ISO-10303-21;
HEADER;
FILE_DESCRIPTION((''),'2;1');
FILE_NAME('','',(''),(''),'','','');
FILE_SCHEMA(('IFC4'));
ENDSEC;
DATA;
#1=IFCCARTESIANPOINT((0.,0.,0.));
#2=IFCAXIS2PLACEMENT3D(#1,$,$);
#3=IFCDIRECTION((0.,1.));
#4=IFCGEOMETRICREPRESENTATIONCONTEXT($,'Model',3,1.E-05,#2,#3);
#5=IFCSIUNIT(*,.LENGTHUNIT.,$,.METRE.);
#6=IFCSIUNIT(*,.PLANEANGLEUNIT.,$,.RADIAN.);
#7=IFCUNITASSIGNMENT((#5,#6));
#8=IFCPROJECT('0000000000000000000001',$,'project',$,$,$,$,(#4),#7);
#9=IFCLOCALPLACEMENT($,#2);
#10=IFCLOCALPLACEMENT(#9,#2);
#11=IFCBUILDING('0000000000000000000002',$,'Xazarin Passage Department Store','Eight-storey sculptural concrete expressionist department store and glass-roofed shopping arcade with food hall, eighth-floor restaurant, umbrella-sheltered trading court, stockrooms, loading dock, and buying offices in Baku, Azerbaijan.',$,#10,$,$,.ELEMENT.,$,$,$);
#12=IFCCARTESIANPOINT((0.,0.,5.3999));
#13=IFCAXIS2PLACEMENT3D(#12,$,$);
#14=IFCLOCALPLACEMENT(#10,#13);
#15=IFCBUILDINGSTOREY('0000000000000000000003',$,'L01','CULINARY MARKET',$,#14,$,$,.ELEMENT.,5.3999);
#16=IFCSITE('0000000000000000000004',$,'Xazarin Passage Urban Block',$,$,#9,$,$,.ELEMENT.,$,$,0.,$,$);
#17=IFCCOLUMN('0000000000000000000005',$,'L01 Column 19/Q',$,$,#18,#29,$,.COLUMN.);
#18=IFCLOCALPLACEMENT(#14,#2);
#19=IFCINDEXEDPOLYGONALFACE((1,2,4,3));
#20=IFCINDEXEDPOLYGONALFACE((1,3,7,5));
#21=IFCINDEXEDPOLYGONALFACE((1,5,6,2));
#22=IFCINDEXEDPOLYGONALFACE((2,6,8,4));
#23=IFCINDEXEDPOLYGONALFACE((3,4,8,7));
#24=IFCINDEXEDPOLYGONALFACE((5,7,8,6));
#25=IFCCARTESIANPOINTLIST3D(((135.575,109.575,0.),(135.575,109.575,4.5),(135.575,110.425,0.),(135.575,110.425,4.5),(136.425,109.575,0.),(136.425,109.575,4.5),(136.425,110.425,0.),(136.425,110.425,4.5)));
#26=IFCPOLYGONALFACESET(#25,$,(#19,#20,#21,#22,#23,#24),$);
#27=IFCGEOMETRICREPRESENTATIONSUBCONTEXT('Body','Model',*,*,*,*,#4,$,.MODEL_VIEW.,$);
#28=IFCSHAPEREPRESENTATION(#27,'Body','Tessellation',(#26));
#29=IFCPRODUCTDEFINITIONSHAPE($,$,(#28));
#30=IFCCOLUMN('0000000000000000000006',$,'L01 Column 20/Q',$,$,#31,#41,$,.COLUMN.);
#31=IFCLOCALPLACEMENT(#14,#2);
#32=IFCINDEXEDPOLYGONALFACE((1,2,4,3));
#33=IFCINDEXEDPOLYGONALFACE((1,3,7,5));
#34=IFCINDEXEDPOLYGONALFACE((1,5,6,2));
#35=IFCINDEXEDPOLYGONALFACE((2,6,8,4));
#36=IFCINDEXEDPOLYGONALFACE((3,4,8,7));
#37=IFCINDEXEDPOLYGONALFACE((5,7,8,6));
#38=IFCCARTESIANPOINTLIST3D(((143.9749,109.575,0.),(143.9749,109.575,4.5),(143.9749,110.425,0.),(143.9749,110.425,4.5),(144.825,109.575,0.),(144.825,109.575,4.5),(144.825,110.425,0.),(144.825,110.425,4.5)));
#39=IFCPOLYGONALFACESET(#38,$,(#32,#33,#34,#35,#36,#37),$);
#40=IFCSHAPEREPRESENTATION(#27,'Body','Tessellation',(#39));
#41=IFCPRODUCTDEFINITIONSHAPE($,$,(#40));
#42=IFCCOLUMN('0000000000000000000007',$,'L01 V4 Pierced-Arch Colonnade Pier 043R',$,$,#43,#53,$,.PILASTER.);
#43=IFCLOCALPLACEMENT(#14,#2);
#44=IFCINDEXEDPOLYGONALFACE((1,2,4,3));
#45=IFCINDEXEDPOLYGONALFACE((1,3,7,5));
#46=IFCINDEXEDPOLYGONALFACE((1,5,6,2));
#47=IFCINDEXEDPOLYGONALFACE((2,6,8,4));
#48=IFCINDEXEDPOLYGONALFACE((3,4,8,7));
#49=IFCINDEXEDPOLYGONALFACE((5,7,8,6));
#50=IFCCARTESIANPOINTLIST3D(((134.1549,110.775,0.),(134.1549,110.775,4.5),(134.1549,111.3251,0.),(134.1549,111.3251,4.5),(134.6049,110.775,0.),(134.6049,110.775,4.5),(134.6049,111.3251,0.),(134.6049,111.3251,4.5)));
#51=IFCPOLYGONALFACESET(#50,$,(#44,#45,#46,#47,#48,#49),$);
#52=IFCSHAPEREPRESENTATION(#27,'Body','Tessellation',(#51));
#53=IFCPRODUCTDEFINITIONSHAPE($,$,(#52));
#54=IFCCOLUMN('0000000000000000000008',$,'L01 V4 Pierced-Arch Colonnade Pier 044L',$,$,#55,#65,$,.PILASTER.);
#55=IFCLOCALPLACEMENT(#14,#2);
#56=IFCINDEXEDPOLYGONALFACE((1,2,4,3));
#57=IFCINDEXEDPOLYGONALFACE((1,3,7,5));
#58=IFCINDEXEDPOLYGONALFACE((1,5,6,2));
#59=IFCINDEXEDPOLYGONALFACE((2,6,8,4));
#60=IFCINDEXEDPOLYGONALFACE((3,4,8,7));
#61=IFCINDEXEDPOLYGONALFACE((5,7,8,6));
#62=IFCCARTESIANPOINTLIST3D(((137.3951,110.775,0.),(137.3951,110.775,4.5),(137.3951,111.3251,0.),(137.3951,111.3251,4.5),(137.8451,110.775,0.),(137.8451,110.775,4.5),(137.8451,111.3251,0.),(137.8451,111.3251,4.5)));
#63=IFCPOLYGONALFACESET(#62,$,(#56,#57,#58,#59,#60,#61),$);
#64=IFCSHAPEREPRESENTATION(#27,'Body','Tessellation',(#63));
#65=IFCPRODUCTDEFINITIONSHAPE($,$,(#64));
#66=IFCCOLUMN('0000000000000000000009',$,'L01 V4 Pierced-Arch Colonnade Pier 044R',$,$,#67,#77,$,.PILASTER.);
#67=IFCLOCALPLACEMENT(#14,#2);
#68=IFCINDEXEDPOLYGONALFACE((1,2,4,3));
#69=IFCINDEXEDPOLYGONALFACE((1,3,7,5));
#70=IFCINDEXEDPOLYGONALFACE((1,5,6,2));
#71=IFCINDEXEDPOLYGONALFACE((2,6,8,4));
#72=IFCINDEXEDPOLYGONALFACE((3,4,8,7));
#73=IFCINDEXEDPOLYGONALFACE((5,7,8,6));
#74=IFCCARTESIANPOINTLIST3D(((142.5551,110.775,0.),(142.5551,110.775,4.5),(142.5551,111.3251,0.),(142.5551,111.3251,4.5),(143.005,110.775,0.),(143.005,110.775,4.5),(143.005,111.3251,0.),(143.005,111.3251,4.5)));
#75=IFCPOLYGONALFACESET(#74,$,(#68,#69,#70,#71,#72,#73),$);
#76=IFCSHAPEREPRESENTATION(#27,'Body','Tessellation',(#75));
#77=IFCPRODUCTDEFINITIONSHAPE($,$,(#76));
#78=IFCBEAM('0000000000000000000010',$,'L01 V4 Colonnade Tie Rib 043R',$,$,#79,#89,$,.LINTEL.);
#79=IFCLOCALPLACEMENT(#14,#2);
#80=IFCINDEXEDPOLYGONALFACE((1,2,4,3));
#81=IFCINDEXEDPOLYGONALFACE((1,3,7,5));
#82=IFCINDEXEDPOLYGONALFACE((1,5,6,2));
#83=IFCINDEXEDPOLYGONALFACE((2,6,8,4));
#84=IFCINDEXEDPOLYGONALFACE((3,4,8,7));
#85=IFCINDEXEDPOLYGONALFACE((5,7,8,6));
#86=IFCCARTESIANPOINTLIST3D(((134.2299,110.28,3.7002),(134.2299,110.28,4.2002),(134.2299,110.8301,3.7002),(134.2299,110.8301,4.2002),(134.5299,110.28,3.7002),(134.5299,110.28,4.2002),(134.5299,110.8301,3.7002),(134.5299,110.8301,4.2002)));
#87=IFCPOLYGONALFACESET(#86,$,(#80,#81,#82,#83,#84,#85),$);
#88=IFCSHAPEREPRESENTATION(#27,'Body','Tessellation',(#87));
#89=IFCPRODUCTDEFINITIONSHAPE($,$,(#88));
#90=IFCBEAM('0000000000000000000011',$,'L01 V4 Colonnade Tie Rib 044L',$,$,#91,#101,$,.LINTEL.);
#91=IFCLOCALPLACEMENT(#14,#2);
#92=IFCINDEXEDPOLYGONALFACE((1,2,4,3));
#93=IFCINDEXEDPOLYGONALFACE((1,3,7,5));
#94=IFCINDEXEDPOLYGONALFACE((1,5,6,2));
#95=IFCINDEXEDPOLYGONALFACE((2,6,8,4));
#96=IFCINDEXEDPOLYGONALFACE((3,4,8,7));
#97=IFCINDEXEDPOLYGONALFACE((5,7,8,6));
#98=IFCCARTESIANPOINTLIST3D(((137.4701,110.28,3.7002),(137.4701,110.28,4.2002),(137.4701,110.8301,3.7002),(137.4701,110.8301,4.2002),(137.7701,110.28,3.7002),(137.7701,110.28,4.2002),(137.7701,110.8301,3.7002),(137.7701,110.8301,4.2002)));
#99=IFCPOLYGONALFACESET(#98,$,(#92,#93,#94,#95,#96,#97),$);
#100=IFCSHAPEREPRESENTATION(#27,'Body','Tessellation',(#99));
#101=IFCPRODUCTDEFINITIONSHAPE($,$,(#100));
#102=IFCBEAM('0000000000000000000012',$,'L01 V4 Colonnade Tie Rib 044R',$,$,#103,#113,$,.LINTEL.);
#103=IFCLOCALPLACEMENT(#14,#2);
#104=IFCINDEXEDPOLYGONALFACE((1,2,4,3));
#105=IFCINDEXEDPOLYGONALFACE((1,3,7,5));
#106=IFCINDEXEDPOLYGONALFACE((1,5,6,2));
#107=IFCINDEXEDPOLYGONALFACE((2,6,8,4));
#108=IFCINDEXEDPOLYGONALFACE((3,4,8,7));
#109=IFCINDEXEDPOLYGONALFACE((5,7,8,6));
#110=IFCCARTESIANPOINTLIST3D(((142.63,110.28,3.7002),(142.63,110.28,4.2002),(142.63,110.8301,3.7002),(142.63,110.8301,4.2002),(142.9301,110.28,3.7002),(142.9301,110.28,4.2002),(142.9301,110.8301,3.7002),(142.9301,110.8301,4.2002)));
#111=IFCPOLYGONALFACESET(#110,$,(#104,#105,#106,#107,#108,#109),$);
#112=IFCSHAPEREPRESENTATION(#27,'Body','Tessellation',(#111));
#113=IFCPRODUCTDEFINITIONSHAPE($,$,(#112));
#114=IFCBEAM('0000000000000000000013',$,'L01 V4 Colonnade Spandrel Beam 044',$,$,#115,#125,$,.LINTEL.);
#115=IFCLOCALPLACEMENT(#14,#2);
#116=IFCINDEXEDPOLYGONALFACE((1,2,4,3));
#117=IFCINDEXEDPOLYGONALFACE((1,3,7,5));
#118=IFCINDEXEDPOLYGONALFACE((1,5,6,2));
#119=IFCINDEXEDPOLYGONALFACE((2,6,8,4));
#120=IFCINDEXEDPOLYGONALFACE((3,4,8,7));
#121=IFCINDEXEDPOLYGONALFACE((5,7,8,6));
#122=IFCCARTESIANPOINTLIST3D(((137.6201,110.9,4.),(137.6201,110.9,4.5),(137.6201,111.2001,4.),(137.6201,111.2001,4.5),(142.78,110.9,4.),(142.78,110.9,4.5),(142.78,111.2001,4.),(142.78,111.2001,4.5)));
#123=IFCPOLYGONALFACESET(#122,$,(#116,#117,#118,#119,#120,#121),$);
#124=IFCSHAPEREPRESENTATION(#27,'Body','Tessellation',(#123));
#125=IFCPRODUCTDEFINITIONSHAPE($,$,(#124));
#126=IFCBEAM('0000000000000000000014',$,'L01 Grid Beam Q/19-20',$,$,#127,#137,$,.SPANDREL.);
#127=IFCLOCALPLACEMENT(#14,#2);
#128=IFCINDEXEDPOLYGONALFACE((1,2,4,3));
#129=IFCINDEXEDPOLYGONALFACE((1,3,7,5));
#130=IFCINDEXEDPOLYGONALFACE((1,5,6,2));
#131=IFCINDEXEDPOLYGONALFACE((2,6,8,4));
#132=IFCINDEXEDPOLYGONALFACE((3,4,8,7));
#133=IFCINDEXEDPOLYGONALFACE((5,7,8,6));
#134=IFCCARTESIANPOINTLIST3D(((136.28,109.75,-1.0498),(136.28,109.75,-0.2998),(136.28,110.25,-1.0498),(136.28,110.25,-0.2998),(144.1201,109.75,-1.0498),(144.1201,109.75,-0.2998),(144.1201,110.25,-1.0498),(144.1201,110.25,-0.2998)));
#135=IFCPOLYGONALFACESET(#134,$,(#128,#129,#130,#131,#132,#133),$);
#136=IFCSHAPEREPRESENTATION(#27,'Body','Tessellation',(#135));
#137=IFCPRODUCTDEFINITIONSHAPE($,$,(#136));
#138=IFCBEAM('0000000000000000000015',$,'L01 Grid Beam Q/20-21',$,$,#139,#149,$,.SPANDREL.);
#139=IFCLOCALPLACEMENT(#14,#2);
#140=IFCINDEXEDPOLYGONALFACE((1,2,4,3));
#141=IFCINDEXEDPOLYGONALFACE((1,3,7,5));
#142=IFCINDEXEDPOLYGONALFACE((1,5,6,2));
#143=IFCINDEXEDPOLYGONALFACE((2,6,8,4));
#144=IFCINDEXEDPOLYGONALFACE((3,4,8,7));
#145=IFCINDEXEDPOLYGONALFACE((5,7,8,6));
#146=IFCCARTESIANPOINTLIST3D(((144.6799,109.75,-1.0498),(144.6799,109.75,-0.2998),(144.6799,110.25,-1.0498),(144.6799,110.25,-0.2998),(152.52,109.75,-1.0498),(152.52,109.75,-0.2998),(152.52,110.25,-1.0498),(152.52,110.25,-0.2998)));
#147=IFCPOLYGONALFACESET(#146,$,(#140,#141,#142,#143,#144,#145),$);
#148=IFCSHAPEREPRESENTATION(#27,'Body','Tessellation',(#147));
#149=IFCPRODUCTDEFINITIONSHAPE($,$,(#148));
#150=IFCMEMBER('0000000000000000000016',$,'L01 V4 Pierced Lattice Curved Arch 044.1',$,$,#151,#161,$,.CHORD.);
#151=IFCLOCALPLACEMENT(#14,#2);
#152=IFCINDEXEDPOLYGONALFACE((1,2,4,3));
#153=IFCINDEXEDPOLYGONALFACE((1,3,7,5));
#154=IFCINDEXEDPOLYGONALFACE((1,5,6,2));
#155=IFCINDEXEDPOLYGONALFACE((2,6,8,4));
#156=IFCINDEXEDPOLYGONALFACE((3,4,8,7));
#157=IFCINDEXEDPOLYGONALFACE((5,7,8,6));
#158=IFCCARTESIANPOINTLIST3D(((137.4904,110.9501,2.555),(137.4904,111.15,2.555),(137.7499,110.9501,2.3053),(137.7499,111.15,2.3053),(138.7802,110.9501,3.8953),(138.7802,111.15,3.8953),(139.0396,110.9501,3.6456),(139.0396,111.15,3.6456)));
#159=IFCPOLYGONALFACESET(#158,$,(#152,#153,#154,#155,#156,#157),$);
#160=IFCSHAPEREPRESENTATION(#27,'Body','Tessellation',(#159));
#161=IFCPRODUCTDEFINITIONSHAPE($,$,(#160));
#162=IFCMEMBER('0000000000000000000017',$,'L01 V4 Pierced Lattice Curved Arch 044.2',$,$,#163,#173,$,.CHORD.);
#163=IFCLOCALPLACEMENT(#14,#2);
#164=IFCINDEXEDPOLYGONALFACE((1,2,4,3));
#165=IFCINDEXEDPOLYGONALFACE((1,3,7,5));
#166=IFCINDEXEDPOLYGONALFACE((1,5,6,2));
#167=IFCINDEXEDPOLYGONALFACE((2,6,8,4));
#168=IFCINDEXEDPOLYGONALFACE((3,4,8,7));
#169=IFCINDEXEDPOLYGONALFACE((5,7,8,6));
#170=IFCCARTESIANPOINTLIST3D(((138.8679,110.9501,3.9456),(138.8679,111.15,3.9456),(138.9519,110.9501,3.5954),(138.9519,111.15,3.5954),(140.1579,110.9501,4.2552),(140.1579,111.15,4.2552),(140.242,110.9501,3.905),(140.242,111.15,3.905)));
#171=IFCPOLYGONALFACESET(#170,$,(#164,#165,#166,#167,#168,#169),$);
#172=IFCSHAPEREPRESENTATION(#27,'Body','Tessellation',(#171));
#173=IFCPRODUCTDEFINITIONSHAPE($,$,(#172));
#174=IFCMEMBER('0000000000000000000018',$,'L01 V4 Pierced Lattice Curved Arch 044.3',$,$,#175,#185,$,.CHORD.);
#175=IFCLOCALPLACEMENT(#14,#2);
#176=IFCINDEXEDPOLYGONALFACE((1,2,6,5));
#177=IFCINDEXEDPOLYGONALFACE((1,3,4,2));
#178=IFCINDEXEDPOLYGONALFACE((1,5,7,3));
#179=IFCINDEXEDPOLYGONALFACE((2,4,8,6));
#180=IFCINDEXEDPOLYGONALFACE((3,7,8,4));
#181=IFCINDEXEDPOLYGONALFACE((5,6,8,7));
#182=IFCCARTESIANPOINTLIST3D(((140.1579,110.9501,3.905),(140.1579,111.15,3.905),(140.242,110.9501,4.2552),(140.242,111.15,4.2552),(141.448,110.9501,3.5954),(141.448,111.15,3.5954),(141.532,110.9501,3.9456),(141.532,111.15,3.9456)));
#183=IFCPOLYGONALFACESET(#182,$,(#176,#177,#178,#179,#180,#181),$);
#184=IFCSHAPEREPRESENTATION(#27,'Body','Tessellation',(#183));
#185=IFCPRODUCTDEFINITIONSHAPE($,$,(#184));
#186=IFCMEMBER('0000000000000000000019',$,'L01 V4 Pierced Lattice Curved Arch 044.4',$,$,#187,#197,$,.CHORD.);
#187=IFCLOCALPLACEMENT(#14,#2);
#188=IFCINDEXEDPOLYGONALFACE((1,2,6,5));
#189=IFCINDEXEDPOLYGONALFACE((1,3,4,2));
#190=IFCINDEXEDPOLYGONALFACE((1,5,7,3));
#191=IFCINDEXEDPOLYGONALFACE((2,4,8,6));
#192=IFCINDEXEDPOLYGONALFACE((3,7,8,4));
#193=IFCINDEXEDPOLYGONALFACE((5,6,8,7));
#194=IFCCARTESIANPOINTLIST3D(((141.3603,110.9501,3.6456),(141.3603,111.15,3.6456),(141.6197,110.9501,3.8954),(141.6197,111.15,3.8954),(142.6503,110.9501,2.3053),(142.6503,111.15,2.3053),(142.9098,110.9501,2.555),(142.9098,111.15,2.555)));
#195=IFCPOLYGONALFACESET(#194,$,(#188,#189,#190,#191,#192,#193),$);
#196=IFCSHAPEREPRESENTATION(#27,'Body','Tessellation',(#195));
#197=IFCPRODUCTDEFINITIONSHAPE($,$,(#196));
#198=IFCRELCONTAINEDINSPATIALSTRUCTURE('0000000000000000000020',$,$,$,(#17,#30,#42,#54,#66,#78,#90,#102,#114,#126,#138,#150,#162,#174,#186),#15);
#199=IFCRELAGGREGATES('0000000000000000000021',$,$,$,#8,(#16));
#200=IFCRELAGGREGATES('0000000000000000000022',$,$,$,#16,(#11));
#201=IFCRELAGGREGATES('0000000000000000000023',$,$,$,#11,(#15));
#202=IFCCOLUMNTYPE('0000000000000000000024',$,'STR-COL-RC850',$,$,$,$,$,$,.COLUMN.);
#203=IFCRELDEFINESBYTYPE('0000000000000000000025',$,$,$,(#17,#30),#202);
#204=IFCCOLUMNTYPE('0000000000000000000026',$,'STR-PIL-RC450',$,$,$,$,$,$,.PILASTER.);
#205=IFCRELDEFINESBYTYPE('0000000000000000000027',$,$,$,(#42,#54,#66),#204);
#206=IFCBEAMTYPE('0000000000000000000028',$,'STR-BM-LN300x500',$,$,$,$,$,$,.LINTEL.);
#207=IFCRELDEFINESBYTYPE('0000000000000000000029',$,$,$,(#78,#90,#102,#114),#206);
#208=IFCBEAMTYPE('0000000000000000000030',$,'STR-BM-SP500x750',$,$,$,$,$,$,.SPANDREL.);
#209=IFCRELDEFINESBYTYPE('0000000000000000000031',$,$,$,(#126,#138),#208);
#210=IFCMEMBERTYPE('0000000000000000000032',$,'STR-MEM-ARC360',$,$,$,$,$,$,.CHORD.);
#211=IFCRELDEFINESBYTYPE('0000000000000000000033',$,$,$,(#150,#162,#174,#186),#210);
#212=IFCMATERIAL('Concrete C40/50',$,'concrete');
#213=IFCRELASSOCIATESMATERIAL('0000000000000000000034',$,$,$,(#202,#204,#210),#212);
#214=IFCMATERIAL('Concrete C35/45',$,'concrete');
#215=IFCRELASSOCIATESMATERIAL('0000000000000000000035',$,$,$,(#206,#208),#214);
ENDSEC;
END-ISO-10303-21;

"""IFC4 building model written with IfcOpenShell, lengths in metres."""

from ifc_helpers import new_model, si_unit, direction, frame, origin, origin_2d, place, context, subcontext, project, spatial, rectangle, extrude, material, material_profile, profile_set, type_object, element, save


model = new_model("IFC4")

# Units and contexts
model_context = context("Model", 3, precision=1e-05, world=origin(), true_north=direction((0.0, 1.0)))
body_context = subcontext(model_context, "Body", "Model", "MODEL_VIEW")
ifc_project = project(units=[si_unit("LENGTHUNIT", "METRE"), si_unit("PLANEANGLEUNIT", "RADIAN")], contexts=[model_context])

# Site, building, storey
site_placement = place(None, origin())
site = spatial("IfcSite", under=ifc_project, at=site_placement, Name="Xazarin Passage Urban Block", CompositionType="ELEMENT", RefElevation=0.0)
building_placement = place(site_placement, origin())
building = spatial("IfcBuilding", under=site, at=building_placement, Name="Xazarin Passage Department Store", Description="Eight-storey sculptural concrete expressionist department store and glass-roofed shopping arcade with food hall, eighth-floor restaurant, umbrella-sheltered trading court, stockrooms, loading dock, and buying offices in Baku, Azerbaijan.", CompositionType="ELEMENT")
storey_placement = place(building_placement, frame((0.0, 0.0, 5.3999)))
storey = spatial("IfcBuildingStorey", under=building, at=storey_placement, Name="L01", Description="CULINARY MARKET", CompositionType="ELEMENT", Elevation=5.3999)

# Columns
ifc_material_1 = material(Name="Concrete C40/50", Category="concrete")
ifc_material_profile_1 = material_profile(ifc_material_1, rectangle(XDim=0.8501, YDim=0.8501, at=origin_2d()), Name="RC 850x850")
ifc_profile_set_1 = profile_set([ifc_material_profile_1], Name="Concrete C40/50")
column_type_1 = type_object("IfcColumnType", Name="STR-COL-RC850", PredefinedType="COLUMN", material=ifc_profile_set_1)
for number, where, z_axis, x_axis, name in (
    (1, (136.0, 110.0, 0.0), (0.0, 0.0, 1.0), (1.0, 0.0, 0.0), "L01 Column 19/Q"),
    (2, (144.3999, 110.0, 0.0), (0.0, 0.0, 1.0), (1.0, 0.0, 0.0), "L01 Column 20/Q"),
):
    element("IfcColumn", number, at=place(storey_placement, frame(where, z_axis=z_axis, x_axis=x_axis)), inside=storey, type_object=column_type_1, Name=name, PredefinedType="COLUMN", context=body_context, shape_type="SweptSolid", body=[
        extrude(rectangle(XDim=0.8501, YDim=0.8501, at=origin_2d()), origin(), (0.0, 0.0, 1.0), 4.5),
    ])
ifc_material_profile_2 = material_profile(ifc_material_1, rectangle(XDim=0.45, YDim=0.55, at=origin_2d()), Name="RC 450x550")
ifc_profile_set_2 = profile_set([ifc_material_profile_2], Name="Concrete C40/50")
column_type_2 = type_object("IfcColumnType", Name="STR-PIL-RC450", PredefinedType="PILASTER", material=ifc_profile_set_2)
for number, where, z_axis, x_axis, name in (
    (3, (134.3799, 111.05, 0.0), (0.0, 0.0, 1.0), (1.0, 0.0, 0.0), "L01 V4 Pierced-Arch Colonnade Pier 043R"),
    (4, (137.6201, 111.05, 0.0), (0.0, 0.0, 1.0), (1.0, 0.0, 0.0), "L01 V4 Pierced-Arch Colonnade Pier 044L"),
    (5, (142.78, 111.05, 0.0), (0.0, 0.0, 1.0), (1.0, 0.0, 0.0), "L01 V4 Pierced-Arch Colonnade Pier 044R"),
):
    element("IfcColumn", number, at=place(storey_placement, frame(where, z_axis=z_axis, x_axis=x_axis)), inside=storey, type_object=column_type_2, Name=name, PredefinedType="PILASTER", context=body_context, shape_type="SweptSolid", body=[
        extrude(rectangle(XDim=0.45, YDim=0.55, at=origin_2d()), origin(), (0.0, 0.0, 1.0), 4.5),
    ])

# Beams
ifc_material_2 = material(Name="Concrete C35/45", Category="concrete")
ifc_material_profile_3 = material_profile(ifc_material_2, rectangle(XDim=0.3, YDim=0.5, at=origin_2d()), Name="RC 300x500")
ifc_profile_set_3 = profile_set([ifc_material_profile_3], Name="Concrete C35/45")
beam_type_1 = type_object("IfcBeamType", Name="STR-BM-LN300x500", PredefinedType="LINTEL", material=ifc_profile_set_3)
for number, where, z_axis, x_axis, name in (
    (6, (134.3799, 110.28, 3.9502), (0.0, 1.0, 0.0), (-1.0, 0.0, 0.0), "L01 V4 Colonnade Tie Rib 043R"),
    (7, (137.6201, 110.28, 3.9502), (0.0, 1.0, 0.0), (-1.0, 0.0, 0.0), "L01 V4 Colonnade Tie Rib 044L"),
    (8, (142.78, 110.28, 3.9502), (0.0, 1.0, 0.0), (-1.0, 0.0, 0.0), "L01 V4 Colonnade Tie Rib 044R"),
):
    element("IfcBeam", number, at=place(storey_placement, frame(where, z_axis=z_axis, x_axis=x_axis)), inside=storey, type_object=beam_type_1, Name=name, PredefinedType="LINTEL", context=body_context, shape_type="SweptSolid", body=[
        extrude(rectangle(XDim=0.3, YDim=0.5, at=origin_2d()), origin(), (0.0, 0.0, 1.0), 0.55),
    ])
beam_placement = place(storey_placement, frame((137.6201, 111.05, 4.25), z_axis=(1.0, 0.0, 0.0), x_axis=(0.0, 1.0, 0.0)))
element("IfcBeam", 9, at=beam_placement, inside=storey, type_object=beam_type_1, Name="L01 V4 Colonnade Spandrel Beam 044", PredefinedType="LINTEL", context=body_context, shape_type="SweptSolid", body=[
    extrude(rectangle(XDim=0.3, YDim=0.5, at=origin_2d()), origin(), (0.0, 0.0, 1.0), 5.1599),
])
ifc_material_profile_4 = material_profile(ifc_material_2, rectangle(XDim=0.5, YDim=0.75, at=origin_2d()), Name="RC 500x750")
ifc_profile_set_4 = profile_set([ifc_material_profile_4], Name="Concrete C35/45")
beam_type_2 = type_object("IfcBeamType", Name="STR-BM-SP500x750", PredefinedType="SPANDREL", material=ifc_profile_set_4)
for number, where, z_axis, x_axis, name in (
    (10, (136.28, 110.0, -0.6748), (1.0, 0.0, 0.0), (0.0, 1.0, 0.0), "L01 Grid Beam Q/19-20"),
    (11, (144.6799, 110.0, -0.6748), (1.0, 0.0, 0.0), (0.0, 1.0, 0.0), "L01 Grid Beam Q/20-21"),
):
    element("IfcBeam", number, at=place(storey_placement, frame(where, z_axis=z_axis, x_axis=x_axis)), inside=storey, type_object=beam_type_2, Name=name, PredefinedType="SPANDREL", context=body_context, shape_type="SweptSolid", body=[
        extrude(rectangle(XDim=0.5, YDim=0.75, at=origin_2d()), origin(), (0.0, 0.0, 1.0), 7.8401),
    ])

# Members
ifc_material_profile_5 = material_profile(ifc_material_1, rectangle(XDim=0.2, YDim=0.3601, at=origin_2d()), Name="RC 200x360")
ifc_profile_set_5 = profile_set([ifc_material_profile_5], Name="Concrete C40/50")
member_type = type_object("IfcMemberType", Name="STR-MEM-ARC360", PredefinedType="CHORD", material=ifc_profile_set_5)
member_1_placement = place(storey_placement, frame((137.6201, 111.05, 2.4302), z_axis=(0.693392, 0.0, 0.720561), x_axis=(0.0, 1.0, 0.0)))
element("IfcMember", 12, at=member_1_placement, inside=storey, type_object=member_type, Name="L01 V4 Pierced Lattice Curved Arch 044.1", PredefinedType="CHORD", context=body_context, shape_type="SweptSolid", body=[
    extrude(rectangle(XDim=0.2, YDim=0.3601, at=origin_2d()), origin(), (0.0, 0.0, 1.0), 1.8601),
])
for number, where, z_axis, x_axis, name in (
    (13, (138.9099, 111.05, 3.7705), (0.972394, 0.0, 0.233345), (0.0, 1.0, 0.0), "L01 V4 Pierced Lattice Curved Arch 044.2"),
    (14, (140.2, 111.05, 4.0801), (0.972394, 0.0, -0.233345), (0.0, 1.0, 0.0), "L01 V4 Pierced Lattice Curved Arch 044.3"),
):
    element("IfcMember", number, at=place(storey_placement, frame(where, z_axis=z_axis, x_axis=x_axis)), inside=storey, type_object=member_type, Name=name, PredefinedType="CHORD", context=body_context, shape_type="SweptSolid", body=[
        extrude(rectangle(XDim=0.2, YDim=0.3601, at=origin_2d()), origin(), (0.0, 0.0, 1.0), 1.3267),
    ])
member_2_placement = place(storey_placement, frame((141.49, 111.05, 3.7705), z_axis=(0.69346, 0.0, -0.720495), x_axis=(0.0, 1.0, 0.0)))
element("IfcMember", 15, at=member_2_placement, inside=storey, type_object=member_type, Name="L01 V4 Pierced Lattice Curved Arch 044.4", PredefinedType="CHORD", context=body_context, shape_type="SweptSolid", body=[
    extrude(rectangle(XDim=0.2, YDim=0.3601, at=origin_2d()), origin(), (0.0, 0.0, 1.0), 1.8604),
])

save(model, "model.ifc")
